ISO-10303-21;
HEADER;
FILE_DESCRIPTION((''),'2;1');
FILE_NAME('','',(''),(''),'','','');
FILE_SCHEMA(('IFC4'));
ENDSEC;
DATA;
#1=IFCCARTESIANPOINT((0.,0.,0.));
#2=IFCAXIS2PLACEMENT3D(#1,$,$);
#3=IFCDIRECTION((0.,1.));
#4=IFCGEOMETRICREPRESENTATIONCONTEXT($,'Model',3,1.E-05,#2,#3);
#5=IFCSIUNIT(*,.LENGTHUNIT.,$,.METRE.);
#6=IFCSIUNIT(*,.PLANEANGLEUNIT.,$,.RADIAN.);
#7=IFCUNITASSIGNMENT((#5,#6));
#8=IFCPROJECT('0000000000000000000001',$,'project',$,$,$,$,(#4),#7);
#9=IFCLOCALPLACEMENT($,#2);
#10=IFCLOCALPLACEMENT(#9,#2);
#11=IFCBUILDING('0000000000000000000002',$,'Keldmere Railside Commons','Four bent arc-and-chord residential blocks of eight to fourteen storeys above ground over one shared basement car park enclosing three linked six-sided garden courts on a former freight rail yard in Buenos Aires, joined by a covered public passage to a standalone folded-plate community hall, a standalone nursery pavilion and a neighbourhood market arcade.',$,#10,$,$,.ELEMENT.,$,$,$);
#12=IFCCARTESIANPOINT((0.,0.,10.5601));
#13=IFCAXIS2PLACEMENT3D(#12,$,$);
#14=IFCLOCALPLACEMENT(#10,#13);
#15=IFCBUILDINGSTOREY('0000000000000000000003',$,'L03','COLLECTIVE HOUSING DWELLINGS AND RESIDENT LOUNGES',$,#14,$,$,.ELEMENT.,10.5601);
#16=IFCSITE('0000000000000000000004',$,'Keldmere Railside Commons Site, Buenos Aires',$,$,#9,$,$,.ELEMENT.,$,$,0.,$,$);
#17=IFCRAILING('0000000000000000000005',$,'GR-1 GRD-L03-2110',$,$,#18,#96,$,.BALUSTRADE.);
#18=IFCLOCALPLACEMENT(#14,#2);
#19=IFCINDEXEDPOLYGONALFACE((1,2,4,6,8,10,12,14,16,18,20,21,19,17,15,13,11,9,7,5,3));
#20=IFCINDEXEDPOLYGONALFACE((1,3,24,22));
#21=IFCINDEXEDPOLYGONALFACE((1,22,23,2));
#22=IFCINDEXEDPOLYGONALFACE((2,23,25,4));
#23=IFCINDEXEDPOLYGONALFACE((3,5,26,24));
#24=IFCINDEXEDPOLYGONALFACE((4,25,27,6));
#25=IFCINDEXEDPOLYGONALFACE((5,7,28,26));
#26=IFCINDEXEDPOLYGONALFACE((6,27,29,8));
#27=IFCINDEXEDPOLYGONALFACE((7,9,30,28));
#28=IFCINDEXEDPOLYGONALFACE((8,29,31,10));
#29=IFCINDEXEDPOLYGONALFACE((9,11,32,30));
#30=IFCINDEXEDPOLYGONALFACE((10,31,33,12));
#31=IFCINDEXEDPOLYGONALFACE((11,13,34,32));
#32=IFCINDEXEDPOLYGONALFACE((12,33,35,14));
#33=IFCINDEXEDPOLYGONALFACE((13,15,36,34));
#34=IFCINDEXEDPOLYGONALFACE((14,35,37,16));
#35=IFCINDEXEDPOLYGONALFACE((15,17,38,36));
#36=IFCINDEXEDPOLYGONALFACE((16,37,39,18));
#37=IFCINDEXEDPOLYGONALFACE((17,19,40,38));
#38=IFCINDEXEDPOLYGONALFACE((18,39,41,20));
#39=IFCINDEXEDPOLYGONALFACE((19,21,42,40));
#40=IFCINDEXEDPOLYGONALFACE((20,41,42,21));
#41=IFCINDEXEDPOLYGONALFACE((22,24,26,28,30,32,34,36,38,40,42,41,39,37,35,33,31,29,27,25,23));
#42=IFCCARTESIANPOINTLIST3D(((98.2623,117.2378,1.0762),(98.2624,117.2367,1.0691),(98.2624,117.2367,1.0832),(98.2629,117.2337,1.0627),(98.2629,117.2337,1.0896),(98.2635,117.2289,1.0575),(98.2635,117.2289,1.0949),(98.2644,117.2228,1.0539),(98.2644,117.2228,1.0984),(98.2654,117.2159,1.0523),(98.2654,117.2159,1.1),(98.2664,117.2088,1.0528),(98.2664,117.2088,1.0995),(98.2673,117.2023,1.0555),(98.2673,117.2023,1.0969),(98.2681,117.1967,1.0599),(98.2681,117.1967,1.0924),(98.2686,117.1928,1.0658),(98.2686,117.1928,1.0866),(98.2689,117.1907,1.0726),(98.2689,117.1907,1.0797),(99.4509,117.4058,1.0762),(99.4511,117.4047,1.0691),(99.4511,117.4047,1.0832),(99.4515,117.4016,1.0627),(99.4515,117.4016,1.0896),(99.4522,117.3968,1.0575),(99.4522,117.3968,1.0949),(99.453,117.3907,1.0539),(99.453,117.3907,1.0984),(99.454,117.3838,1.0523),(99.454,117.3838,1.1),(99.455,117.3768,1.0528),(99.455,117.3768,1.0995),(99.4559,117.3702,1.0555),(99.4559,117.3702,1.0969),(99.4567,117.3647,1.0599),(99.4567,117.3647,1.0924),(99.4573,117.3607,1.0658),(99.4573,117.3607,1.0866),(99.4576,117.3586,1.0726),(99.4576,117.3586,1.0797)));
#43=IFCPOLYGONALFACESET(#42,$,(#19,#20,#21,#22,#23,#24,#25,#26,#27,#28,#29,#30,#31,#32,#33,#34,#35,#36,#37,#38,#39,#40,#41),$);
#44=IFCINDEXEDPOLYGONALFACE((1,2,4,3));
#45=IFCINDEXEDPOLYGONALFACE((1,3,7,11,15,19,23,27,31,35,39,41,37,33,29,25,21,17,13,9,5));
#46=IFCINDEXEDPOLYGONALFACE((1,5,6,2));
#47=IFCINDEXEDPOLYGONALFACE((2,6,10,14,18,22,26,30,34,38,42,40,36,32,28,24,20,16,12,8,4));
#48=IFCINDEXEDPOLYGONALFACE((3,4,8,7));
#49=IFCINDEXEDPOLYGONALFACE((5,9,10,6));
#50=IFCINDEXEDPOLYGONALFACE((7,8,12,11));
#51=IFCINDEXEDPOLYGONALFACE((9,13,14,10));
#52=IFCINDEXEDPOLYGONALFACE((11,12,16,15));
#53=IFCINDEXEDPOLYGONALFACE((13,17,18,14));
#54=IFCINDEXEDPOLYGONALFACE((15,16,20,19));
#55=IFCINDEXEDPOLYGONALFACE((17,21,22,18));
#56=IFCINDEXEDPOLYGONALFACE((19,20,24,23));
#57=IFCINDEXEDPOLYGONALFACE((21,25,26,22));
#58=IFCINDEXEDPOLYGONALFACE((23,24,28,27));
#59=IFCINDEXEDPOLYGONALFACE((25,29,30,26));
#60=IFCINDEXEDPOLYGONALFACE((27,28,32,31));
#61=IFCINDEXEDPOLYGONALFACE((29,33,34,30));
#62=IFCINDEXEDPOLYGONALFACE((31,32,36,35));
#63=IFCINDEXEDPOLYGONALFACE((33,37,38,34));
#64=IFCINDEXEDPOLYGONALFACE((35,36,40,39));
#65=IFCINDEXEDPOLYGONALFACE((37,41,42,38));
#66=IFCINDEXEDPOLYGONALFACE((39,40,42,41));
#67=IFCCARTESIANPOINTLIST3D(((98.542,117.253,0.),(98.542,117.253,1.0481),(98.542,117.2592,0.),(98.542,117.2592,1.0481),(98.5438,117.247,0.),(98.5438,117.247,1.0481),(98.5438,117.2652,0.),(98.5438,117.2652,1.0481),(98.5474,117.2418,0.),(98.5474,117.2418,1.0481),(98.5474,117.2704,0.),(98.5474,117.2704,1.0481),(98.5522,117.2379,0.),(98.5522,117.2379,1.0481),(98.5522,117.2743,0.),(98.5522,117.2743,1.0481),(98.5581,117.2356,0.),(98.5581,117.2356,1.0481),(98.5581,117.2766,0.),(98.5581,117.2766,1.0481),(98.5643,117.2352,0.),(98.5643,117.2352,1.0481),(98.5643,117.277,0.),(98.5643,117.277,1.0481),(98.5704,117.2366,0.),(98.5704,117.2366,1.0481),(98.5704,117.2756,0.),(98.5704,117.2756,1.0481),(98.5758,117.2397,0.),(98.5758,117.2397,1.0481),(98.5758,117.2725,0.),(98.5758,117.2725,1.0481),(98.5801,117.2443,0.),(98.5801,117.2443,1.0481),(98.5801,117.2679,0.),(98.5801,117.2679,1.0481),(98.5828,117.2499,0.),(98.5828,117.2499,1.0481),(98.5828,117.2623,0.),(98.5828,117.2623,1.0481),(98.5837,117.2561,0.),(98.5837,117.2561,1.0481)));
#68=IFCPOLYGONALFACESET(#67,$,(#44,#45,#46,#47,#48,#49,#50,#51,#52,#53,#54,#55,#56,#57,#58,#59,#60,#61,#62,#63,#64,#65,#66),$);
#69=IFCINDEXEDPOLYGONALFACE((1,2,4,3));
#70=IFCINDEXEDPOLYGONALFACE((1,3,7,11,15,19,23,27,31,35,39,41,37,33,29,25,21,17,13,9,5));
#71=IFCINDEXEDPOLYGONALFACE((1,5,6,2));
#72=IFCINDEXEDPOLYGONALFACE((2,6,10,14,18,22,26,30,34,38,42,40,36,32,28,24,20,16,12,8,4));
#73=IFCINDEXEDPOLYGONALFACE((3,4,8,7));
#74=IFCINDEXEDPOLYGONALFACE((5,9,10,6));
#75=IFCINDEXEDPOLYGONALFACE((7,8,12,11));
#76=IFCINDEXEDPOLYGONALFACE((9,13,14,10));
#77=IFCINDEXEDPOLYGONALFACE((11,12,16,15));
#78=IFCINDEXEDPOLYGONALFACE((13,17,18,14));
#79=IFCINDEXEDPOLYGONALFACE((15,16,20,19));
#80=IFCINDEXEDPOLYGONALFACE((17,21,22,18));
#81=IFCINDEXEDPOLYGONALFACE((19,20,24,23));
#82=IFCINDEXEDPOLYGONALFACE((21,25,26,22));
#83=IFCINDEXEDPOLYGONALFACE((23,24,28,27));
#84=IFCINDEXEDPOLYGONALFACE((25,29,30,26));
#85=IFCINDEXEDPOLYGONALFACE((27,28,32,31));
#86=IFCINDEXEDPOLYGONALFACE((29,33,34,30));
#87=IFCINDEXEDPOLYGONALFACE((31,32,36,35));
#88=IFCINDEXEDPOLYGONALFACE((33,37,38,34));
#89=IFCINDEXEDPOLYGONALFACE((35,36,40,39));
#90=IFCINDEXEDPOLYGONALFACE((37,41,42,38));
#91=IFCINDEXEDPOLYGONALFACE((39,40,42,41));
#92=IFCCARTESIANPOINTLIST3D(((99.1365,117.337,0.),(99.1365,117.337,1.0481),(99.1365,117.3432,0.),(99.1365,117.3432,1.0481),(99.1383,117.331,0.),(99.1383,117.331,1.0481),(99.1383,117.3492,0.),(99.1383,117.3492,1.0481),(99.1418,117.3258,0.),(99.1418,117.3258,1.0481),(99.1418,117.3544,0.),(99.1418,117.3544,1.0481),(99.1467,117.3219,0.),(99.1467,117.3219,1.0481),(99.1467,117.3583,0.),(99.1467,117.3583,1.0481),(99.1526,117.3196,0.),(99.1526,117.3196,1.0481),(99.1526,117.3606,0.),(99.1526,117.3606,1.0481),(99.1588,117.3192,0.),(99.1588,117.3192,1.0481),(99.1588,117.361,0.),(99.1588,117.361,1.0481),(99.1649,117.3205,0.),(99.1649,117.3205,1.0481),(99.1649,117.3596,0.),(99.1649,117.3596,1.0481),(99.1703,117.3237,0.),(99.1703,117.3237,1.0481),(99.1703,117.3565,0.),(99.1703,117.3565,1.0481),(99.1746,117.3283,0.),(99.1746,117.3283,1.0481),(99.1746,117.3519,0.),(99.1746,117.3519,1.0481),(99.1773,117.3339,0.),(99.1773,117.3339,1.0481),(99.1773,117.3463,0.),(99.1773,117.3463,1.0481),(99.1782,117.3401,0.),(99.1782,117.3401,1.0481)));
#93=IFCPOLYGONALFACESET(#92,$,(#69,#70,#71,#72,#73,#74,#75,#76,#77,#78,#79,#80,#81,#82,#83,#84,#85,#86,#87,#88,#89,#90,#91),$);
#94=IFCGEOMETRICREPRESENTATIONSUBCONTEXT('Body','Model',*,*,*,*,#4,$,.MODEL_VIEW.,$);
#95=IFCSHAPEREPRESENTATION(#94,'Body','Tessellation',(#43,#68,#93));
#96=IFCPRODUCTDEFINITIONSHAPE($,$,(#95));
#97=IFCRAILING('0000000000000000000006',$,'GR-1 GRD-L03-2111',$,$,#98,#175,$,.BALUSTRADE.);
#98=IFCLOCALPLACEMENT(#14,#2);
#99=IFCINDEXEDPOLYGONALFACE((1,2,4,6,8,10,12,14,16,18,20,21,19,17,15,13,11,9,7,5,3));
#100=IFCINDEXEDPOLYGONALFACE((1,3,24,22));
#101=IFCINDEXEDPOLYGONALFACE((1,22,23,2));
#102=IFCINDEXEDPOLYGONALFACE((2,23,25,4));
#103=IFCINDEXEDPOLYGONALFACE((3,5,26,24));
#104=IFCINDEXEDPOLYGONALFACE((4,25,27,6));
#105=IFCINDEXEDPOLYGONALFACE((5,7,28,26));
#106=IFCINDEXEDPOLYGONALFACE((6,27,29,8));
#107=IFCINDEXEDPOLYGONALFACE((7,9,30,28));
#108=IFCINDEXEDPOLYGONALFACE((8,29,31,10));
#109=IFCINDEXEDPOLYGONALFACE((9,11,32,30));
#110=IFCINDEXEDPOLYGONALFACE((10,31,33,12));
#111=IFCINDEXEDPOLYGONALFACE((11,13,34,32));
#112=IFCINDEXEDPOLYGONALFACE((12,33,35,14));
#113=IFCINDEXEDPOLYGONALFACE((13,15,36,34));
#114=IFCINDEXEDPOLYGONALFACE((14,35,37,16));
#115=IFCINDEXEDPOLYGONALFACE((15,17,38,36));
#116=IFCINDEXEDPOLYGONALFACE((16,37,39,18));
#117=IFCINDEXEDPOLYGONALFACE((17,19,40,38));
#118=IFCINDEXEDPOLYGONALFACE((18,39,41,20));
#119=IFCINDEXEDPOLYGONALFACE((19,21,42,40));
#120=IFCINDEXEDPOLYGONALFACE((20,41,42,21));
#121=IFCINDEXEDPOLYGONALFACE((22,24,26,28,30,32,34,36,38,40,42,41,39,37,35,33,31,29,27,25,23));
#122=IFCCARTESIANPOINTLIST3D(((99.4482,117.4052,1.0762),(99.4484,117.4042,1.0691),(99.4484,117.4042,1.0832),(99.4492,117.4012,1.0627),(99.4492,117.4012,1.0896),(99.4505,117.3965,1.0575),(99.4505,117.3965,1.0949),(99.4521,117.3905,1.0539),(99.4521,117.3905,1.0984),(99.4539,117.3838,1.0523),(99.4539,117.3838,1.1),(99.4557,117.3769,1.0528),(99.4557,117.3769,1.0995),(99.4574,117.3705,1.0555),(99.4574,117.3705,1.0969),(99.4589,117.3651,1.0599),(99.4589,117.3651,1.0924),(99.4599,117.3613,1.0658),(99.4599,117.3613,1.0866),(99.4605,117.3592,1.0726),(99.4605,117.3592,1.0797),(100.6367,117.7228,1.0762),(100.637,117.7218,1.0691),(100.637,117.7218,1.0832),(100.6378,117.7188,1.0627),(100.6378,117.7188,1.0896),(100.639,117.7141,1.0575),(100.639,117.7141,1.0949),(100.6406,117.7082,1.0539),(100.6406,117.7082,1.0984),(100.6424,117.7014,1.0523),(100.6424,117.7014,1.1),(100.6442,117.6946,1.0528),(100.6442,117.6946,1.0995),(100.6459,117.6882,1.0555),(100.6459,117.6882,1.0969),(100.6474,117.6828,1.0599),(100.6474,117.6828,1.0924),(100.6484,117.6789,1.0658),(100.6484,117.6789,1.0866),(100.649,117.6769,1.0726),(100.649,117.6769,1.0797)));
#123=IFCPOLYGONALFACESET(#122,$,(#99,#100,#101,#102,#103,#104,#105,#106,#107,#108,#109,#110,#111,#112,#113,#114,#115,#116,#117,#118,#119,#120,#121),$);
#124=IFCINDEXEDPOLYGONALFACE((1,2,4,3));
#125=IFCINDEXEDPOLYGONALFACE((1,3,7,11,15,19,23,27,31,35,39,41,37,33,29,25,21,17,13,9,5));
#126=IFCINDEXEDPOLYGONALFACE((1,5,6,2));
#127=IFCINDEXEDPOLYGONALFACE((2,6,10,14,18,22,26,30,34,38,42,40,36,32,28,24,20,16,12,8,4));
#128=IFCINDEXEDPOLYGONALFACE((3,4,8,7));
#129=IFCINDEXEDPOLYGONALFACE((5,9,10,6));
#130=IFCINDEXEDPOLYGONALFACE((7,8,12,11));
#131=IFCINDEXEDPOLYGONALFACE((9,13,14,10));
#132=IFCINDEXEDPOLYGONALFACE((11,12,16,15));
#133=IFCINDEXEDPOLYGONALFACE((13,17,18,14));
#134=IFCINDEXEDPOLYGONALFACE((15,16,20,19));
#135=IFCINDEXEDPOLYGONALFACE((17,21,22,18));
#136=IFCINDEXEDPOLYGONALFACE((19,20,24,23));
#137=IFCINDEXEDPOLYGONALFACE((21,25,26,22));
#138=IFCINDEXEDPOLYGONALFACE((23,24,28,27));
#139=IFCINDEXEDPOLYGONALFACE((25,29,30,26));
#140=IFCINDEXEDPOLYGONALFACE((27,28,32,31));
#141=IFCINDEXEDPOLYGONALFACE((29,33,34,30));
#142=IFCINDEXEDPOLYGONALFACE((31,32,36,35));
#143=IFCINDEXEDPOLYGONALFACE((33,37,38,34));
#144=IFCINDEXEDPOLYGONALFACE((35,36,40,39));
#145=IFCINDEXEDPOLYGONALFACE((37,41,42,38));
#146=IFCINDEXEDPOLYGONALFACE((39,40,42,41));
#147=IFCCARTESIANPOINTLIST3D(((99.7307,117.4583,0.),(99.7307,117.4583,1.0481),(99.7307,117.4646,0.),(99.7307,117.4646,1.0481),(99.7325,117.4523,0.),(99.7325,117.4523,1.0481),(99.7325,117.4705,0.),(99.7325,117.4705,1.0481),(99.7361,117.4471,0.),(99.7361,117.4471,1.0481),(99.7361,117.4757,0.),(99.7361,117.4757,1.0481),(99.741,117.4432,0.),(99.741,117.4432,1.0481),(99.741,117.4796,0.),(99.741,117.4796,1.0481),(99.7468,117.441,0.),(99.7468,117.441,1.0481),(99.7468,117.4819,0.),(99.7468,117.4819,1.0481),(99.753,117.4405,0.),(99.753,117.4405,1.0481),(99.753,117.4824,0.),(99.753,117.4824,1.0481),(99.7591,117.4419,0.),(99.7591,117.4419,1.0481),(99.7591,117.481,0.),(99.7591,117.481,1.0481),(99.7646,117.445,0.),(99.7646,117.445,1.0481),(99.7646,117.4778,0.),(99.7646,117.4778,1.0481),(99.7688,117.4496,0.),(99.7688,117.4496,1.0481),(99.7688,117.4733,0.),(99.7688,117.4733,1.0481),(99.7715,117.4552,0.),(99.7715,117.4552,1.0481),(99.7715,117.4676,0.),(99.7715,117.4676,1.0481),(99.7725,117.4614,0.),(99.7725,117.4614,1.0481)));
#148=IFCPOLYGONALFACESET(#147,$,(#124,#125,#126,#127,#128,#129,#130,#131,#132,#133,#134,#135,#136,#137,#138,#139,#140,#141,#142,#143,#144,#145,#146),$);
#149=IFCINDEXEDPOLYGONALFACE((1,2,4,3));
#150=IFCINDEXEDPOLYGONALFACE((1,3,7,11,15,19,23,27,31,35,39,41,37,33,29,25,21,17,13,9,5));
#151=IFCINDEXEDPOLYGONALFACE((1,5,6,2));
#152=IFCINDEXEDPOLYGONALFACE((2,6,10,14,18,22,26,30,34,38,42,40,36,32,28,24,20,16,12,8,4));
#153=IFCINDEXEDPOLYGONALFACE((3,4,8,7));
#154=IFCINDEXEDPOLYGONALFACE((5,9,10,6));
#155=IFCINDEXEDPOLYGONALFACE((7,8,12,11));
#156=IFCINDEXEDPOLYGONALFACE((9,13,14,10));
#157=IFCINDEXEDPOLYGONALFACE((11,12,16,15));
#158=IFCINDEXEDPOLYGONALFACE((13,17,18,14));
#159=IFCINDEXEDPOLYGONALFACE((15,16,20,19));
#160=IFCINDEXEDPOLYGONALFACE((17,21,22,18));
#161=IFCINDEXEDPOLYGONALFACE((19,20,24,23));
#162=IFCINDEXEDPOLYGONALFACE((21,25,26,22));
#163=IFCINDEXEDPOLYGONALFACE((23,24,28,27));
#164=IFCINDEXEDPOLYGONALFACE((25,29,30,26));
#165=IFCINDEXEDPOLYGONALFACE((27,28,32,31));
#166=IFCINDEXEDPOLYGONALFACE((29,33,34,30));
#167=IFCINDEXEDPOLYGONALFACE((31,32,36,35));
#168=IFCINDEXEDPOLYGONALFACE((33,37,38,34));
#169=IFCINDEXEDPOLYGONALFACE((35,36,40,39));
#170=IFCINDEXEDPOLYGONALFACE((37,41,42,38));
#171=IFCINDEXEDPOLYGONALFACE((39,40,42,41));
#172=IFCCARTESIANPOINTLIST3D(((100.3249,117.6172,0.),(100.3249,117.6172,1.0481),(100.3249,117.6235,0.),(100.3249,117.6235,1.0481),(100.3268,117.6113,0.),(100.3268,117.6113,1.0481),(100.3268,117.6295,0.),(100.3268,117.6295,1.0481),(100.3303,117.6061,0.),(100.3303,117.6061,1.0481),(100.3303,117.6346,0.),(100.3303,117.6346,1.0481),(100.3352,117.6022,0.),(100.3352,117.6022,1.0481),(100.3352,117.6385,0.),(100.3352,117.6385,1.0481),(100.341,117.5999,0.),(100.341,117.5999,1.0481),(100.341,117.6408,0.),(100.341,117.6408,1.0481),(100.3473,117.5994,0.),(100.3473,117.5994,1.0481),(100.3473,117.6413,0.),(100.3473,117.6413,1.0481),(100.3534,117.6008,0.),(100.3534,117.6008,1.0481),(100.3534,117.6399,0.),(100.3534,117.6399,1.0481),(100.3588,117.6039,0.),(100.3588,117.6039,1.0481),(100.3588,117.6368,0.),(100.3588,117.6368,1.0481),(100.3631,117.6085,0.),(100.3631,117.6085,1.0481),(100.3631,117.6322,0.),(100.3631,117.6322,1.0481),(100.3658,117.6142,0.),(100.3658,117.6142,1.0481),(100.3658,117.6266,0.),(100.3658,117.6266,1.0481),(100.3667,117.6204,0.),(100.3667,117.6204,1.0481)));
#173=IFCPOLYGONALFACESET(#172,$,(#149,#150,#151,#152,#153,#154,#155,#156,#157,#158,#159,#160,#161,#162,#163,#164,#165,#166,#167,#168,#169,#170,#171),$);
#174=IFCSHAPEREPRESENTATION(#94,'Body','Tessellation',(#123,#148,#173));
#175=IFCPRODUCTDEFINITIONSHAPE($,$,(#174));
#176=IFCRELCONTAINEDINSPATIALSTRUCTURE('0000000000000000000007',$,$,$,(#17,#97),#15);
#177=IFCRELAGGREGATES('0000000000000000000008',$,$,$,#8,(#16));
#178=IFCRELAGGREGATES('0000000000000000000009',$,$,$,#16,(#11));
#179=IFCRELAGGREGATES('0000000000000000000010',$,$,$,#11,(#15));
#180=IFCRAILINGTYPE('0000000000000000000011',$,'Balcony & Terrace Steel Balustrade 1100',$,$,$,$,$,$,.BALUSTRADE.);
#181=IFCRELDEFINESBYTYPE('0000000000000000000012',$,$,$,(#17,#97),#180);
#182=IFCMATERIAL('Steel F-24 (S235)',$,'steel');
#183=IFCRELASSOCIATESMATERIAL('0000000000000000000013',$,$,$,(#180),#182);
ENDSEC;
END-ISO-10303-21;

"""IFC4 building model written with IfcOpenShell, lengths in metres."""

from ifc_helpers import new_model, si_unit, direction, frame, origin, origin_2d, place, context, subcontext, project, spatial, circle, extrude, material, type_object, element, save


model = new_model("IFC4")

# Units and contexts
model_context = context("Model", 3, precision=1e-05, world=origin(), true_north=direction((0.0, 1.0)))
body_context = subcontext(model_context, "Body", "Model", "MODEL_VIEW")
ifc_project = project(units=[si_unit("LENGTHUNIT", "METRE"), si_unit("PLANEANGLEUNIT", "RADIAN")], contexts=[model_context])

# Site, building, storey
site_placement = place(None, origin())
site = spatial("IfcSite", under=ifc_project, at=site_placement, Name="Keldmere Railside Commons Site, Buenos Aires", CompositionType="ELEMENT", RefElevation=0.0)
building_placement = place(site_placement, origin())
building = spatial("IfcBuilding", under=site, at=building_placement, Name="Keldmere Railside Commons", Description="Four bent arc-and-chord residential blocks of eight to fourteen storeys above ground over one shared basement car park enclosing three linked six-sided garden courts on a former freight rail yard in Buenos Aires, joined by a covered public passage to a standalone folded-plate community hall, a standalone nursery pavilion and a neighbourhood market arcade.", CompositionType="ELEMENT")
storey_placement = place(building_placement, frame((0.0, 0.0, 10.5601)))
storey = spatial("IfcBuildingStorey", under=building, at=storey_placement, Name="L03", Description="COLLECTIVE HOUSING DWELLINGS AND RESIDENT LOUNGES", CompositionType="ELEMENT", Elevation=10.5601)

# Railings
ifc_material_1 = material(Name="Steel F-24 (S235)", Category="steel")
railing_type = type_object("IfcRailingType", Name="Balcony & Terrace Steel Balustrade 1100", PredefinedType="BALUSTRADE", material=ifc_material_1)
railing_1_placement = place(storey_placement, frame((98.2656, 117.2141, 0.0)))
element("IfcRailing", 1, at=railing_1_placement, inside=storey, type_object=railing_type, Name="GR-1 GRD-L03-2110", PredefinedType="BALUSTRADE", context=body_context, shape_type="SweptSolid", body=[
    extrude(circle(Radius=0.0239, at=origin_2d()), frame((0.0, 0.0, 1.0762), z_axis=(0.990164, 0.139912, 0.0), x_axis=(-0.139912, 0.990164, 0.0)), (0.0, 0.0, 1.0), 1.2004),
    extrude(circle(Radius=0.021, at=origin_2d()), frame((0.2971, 0.042, 0.0)), (0.0, 0.0, 1.0), 1.0481),
    extrude(circle(Radius=0.021, at=origin_2d()), frame((0.8916, 0.126, 0.0)), (0.0, 0.0, 1.0), 1.0481),
])
railing_2_placement = place(storey_placement, frame((99.4543, 117.3821, 0.0)))
element("IfcRailing", 2, at=railing_2_placement, inside=storey, type_object=railing_type, Name="GR-1 GRD-L03-2111", PredefinedType="BALUSTRADE", context=body_context, shape_type="SweptSolid", body=[
    extrude(circle(Radius=0.0239, at=origin_2d()), frame((0.0, 0.0, 1.0762), z_axis=(0.966093, 0.258194, 0.0), x_axis=(-0.258194, 0.966093, 0.0)), (0.0, 0.0, 1.0), 1.2302),
    extrude(circle(Radius=0.021, at=origin_2d()), frame((0.2971, 0.0793, 0.0)), (0.0, 0.0, 1.0), 1.0481),
    extrude(circle(Radius=0.021, at=origin_2d()), frame((0.8914, 0.2383, 0.0)), (0.0, 0.0, 1.0), 1.0481),
])

save(model, "model.ifc")
